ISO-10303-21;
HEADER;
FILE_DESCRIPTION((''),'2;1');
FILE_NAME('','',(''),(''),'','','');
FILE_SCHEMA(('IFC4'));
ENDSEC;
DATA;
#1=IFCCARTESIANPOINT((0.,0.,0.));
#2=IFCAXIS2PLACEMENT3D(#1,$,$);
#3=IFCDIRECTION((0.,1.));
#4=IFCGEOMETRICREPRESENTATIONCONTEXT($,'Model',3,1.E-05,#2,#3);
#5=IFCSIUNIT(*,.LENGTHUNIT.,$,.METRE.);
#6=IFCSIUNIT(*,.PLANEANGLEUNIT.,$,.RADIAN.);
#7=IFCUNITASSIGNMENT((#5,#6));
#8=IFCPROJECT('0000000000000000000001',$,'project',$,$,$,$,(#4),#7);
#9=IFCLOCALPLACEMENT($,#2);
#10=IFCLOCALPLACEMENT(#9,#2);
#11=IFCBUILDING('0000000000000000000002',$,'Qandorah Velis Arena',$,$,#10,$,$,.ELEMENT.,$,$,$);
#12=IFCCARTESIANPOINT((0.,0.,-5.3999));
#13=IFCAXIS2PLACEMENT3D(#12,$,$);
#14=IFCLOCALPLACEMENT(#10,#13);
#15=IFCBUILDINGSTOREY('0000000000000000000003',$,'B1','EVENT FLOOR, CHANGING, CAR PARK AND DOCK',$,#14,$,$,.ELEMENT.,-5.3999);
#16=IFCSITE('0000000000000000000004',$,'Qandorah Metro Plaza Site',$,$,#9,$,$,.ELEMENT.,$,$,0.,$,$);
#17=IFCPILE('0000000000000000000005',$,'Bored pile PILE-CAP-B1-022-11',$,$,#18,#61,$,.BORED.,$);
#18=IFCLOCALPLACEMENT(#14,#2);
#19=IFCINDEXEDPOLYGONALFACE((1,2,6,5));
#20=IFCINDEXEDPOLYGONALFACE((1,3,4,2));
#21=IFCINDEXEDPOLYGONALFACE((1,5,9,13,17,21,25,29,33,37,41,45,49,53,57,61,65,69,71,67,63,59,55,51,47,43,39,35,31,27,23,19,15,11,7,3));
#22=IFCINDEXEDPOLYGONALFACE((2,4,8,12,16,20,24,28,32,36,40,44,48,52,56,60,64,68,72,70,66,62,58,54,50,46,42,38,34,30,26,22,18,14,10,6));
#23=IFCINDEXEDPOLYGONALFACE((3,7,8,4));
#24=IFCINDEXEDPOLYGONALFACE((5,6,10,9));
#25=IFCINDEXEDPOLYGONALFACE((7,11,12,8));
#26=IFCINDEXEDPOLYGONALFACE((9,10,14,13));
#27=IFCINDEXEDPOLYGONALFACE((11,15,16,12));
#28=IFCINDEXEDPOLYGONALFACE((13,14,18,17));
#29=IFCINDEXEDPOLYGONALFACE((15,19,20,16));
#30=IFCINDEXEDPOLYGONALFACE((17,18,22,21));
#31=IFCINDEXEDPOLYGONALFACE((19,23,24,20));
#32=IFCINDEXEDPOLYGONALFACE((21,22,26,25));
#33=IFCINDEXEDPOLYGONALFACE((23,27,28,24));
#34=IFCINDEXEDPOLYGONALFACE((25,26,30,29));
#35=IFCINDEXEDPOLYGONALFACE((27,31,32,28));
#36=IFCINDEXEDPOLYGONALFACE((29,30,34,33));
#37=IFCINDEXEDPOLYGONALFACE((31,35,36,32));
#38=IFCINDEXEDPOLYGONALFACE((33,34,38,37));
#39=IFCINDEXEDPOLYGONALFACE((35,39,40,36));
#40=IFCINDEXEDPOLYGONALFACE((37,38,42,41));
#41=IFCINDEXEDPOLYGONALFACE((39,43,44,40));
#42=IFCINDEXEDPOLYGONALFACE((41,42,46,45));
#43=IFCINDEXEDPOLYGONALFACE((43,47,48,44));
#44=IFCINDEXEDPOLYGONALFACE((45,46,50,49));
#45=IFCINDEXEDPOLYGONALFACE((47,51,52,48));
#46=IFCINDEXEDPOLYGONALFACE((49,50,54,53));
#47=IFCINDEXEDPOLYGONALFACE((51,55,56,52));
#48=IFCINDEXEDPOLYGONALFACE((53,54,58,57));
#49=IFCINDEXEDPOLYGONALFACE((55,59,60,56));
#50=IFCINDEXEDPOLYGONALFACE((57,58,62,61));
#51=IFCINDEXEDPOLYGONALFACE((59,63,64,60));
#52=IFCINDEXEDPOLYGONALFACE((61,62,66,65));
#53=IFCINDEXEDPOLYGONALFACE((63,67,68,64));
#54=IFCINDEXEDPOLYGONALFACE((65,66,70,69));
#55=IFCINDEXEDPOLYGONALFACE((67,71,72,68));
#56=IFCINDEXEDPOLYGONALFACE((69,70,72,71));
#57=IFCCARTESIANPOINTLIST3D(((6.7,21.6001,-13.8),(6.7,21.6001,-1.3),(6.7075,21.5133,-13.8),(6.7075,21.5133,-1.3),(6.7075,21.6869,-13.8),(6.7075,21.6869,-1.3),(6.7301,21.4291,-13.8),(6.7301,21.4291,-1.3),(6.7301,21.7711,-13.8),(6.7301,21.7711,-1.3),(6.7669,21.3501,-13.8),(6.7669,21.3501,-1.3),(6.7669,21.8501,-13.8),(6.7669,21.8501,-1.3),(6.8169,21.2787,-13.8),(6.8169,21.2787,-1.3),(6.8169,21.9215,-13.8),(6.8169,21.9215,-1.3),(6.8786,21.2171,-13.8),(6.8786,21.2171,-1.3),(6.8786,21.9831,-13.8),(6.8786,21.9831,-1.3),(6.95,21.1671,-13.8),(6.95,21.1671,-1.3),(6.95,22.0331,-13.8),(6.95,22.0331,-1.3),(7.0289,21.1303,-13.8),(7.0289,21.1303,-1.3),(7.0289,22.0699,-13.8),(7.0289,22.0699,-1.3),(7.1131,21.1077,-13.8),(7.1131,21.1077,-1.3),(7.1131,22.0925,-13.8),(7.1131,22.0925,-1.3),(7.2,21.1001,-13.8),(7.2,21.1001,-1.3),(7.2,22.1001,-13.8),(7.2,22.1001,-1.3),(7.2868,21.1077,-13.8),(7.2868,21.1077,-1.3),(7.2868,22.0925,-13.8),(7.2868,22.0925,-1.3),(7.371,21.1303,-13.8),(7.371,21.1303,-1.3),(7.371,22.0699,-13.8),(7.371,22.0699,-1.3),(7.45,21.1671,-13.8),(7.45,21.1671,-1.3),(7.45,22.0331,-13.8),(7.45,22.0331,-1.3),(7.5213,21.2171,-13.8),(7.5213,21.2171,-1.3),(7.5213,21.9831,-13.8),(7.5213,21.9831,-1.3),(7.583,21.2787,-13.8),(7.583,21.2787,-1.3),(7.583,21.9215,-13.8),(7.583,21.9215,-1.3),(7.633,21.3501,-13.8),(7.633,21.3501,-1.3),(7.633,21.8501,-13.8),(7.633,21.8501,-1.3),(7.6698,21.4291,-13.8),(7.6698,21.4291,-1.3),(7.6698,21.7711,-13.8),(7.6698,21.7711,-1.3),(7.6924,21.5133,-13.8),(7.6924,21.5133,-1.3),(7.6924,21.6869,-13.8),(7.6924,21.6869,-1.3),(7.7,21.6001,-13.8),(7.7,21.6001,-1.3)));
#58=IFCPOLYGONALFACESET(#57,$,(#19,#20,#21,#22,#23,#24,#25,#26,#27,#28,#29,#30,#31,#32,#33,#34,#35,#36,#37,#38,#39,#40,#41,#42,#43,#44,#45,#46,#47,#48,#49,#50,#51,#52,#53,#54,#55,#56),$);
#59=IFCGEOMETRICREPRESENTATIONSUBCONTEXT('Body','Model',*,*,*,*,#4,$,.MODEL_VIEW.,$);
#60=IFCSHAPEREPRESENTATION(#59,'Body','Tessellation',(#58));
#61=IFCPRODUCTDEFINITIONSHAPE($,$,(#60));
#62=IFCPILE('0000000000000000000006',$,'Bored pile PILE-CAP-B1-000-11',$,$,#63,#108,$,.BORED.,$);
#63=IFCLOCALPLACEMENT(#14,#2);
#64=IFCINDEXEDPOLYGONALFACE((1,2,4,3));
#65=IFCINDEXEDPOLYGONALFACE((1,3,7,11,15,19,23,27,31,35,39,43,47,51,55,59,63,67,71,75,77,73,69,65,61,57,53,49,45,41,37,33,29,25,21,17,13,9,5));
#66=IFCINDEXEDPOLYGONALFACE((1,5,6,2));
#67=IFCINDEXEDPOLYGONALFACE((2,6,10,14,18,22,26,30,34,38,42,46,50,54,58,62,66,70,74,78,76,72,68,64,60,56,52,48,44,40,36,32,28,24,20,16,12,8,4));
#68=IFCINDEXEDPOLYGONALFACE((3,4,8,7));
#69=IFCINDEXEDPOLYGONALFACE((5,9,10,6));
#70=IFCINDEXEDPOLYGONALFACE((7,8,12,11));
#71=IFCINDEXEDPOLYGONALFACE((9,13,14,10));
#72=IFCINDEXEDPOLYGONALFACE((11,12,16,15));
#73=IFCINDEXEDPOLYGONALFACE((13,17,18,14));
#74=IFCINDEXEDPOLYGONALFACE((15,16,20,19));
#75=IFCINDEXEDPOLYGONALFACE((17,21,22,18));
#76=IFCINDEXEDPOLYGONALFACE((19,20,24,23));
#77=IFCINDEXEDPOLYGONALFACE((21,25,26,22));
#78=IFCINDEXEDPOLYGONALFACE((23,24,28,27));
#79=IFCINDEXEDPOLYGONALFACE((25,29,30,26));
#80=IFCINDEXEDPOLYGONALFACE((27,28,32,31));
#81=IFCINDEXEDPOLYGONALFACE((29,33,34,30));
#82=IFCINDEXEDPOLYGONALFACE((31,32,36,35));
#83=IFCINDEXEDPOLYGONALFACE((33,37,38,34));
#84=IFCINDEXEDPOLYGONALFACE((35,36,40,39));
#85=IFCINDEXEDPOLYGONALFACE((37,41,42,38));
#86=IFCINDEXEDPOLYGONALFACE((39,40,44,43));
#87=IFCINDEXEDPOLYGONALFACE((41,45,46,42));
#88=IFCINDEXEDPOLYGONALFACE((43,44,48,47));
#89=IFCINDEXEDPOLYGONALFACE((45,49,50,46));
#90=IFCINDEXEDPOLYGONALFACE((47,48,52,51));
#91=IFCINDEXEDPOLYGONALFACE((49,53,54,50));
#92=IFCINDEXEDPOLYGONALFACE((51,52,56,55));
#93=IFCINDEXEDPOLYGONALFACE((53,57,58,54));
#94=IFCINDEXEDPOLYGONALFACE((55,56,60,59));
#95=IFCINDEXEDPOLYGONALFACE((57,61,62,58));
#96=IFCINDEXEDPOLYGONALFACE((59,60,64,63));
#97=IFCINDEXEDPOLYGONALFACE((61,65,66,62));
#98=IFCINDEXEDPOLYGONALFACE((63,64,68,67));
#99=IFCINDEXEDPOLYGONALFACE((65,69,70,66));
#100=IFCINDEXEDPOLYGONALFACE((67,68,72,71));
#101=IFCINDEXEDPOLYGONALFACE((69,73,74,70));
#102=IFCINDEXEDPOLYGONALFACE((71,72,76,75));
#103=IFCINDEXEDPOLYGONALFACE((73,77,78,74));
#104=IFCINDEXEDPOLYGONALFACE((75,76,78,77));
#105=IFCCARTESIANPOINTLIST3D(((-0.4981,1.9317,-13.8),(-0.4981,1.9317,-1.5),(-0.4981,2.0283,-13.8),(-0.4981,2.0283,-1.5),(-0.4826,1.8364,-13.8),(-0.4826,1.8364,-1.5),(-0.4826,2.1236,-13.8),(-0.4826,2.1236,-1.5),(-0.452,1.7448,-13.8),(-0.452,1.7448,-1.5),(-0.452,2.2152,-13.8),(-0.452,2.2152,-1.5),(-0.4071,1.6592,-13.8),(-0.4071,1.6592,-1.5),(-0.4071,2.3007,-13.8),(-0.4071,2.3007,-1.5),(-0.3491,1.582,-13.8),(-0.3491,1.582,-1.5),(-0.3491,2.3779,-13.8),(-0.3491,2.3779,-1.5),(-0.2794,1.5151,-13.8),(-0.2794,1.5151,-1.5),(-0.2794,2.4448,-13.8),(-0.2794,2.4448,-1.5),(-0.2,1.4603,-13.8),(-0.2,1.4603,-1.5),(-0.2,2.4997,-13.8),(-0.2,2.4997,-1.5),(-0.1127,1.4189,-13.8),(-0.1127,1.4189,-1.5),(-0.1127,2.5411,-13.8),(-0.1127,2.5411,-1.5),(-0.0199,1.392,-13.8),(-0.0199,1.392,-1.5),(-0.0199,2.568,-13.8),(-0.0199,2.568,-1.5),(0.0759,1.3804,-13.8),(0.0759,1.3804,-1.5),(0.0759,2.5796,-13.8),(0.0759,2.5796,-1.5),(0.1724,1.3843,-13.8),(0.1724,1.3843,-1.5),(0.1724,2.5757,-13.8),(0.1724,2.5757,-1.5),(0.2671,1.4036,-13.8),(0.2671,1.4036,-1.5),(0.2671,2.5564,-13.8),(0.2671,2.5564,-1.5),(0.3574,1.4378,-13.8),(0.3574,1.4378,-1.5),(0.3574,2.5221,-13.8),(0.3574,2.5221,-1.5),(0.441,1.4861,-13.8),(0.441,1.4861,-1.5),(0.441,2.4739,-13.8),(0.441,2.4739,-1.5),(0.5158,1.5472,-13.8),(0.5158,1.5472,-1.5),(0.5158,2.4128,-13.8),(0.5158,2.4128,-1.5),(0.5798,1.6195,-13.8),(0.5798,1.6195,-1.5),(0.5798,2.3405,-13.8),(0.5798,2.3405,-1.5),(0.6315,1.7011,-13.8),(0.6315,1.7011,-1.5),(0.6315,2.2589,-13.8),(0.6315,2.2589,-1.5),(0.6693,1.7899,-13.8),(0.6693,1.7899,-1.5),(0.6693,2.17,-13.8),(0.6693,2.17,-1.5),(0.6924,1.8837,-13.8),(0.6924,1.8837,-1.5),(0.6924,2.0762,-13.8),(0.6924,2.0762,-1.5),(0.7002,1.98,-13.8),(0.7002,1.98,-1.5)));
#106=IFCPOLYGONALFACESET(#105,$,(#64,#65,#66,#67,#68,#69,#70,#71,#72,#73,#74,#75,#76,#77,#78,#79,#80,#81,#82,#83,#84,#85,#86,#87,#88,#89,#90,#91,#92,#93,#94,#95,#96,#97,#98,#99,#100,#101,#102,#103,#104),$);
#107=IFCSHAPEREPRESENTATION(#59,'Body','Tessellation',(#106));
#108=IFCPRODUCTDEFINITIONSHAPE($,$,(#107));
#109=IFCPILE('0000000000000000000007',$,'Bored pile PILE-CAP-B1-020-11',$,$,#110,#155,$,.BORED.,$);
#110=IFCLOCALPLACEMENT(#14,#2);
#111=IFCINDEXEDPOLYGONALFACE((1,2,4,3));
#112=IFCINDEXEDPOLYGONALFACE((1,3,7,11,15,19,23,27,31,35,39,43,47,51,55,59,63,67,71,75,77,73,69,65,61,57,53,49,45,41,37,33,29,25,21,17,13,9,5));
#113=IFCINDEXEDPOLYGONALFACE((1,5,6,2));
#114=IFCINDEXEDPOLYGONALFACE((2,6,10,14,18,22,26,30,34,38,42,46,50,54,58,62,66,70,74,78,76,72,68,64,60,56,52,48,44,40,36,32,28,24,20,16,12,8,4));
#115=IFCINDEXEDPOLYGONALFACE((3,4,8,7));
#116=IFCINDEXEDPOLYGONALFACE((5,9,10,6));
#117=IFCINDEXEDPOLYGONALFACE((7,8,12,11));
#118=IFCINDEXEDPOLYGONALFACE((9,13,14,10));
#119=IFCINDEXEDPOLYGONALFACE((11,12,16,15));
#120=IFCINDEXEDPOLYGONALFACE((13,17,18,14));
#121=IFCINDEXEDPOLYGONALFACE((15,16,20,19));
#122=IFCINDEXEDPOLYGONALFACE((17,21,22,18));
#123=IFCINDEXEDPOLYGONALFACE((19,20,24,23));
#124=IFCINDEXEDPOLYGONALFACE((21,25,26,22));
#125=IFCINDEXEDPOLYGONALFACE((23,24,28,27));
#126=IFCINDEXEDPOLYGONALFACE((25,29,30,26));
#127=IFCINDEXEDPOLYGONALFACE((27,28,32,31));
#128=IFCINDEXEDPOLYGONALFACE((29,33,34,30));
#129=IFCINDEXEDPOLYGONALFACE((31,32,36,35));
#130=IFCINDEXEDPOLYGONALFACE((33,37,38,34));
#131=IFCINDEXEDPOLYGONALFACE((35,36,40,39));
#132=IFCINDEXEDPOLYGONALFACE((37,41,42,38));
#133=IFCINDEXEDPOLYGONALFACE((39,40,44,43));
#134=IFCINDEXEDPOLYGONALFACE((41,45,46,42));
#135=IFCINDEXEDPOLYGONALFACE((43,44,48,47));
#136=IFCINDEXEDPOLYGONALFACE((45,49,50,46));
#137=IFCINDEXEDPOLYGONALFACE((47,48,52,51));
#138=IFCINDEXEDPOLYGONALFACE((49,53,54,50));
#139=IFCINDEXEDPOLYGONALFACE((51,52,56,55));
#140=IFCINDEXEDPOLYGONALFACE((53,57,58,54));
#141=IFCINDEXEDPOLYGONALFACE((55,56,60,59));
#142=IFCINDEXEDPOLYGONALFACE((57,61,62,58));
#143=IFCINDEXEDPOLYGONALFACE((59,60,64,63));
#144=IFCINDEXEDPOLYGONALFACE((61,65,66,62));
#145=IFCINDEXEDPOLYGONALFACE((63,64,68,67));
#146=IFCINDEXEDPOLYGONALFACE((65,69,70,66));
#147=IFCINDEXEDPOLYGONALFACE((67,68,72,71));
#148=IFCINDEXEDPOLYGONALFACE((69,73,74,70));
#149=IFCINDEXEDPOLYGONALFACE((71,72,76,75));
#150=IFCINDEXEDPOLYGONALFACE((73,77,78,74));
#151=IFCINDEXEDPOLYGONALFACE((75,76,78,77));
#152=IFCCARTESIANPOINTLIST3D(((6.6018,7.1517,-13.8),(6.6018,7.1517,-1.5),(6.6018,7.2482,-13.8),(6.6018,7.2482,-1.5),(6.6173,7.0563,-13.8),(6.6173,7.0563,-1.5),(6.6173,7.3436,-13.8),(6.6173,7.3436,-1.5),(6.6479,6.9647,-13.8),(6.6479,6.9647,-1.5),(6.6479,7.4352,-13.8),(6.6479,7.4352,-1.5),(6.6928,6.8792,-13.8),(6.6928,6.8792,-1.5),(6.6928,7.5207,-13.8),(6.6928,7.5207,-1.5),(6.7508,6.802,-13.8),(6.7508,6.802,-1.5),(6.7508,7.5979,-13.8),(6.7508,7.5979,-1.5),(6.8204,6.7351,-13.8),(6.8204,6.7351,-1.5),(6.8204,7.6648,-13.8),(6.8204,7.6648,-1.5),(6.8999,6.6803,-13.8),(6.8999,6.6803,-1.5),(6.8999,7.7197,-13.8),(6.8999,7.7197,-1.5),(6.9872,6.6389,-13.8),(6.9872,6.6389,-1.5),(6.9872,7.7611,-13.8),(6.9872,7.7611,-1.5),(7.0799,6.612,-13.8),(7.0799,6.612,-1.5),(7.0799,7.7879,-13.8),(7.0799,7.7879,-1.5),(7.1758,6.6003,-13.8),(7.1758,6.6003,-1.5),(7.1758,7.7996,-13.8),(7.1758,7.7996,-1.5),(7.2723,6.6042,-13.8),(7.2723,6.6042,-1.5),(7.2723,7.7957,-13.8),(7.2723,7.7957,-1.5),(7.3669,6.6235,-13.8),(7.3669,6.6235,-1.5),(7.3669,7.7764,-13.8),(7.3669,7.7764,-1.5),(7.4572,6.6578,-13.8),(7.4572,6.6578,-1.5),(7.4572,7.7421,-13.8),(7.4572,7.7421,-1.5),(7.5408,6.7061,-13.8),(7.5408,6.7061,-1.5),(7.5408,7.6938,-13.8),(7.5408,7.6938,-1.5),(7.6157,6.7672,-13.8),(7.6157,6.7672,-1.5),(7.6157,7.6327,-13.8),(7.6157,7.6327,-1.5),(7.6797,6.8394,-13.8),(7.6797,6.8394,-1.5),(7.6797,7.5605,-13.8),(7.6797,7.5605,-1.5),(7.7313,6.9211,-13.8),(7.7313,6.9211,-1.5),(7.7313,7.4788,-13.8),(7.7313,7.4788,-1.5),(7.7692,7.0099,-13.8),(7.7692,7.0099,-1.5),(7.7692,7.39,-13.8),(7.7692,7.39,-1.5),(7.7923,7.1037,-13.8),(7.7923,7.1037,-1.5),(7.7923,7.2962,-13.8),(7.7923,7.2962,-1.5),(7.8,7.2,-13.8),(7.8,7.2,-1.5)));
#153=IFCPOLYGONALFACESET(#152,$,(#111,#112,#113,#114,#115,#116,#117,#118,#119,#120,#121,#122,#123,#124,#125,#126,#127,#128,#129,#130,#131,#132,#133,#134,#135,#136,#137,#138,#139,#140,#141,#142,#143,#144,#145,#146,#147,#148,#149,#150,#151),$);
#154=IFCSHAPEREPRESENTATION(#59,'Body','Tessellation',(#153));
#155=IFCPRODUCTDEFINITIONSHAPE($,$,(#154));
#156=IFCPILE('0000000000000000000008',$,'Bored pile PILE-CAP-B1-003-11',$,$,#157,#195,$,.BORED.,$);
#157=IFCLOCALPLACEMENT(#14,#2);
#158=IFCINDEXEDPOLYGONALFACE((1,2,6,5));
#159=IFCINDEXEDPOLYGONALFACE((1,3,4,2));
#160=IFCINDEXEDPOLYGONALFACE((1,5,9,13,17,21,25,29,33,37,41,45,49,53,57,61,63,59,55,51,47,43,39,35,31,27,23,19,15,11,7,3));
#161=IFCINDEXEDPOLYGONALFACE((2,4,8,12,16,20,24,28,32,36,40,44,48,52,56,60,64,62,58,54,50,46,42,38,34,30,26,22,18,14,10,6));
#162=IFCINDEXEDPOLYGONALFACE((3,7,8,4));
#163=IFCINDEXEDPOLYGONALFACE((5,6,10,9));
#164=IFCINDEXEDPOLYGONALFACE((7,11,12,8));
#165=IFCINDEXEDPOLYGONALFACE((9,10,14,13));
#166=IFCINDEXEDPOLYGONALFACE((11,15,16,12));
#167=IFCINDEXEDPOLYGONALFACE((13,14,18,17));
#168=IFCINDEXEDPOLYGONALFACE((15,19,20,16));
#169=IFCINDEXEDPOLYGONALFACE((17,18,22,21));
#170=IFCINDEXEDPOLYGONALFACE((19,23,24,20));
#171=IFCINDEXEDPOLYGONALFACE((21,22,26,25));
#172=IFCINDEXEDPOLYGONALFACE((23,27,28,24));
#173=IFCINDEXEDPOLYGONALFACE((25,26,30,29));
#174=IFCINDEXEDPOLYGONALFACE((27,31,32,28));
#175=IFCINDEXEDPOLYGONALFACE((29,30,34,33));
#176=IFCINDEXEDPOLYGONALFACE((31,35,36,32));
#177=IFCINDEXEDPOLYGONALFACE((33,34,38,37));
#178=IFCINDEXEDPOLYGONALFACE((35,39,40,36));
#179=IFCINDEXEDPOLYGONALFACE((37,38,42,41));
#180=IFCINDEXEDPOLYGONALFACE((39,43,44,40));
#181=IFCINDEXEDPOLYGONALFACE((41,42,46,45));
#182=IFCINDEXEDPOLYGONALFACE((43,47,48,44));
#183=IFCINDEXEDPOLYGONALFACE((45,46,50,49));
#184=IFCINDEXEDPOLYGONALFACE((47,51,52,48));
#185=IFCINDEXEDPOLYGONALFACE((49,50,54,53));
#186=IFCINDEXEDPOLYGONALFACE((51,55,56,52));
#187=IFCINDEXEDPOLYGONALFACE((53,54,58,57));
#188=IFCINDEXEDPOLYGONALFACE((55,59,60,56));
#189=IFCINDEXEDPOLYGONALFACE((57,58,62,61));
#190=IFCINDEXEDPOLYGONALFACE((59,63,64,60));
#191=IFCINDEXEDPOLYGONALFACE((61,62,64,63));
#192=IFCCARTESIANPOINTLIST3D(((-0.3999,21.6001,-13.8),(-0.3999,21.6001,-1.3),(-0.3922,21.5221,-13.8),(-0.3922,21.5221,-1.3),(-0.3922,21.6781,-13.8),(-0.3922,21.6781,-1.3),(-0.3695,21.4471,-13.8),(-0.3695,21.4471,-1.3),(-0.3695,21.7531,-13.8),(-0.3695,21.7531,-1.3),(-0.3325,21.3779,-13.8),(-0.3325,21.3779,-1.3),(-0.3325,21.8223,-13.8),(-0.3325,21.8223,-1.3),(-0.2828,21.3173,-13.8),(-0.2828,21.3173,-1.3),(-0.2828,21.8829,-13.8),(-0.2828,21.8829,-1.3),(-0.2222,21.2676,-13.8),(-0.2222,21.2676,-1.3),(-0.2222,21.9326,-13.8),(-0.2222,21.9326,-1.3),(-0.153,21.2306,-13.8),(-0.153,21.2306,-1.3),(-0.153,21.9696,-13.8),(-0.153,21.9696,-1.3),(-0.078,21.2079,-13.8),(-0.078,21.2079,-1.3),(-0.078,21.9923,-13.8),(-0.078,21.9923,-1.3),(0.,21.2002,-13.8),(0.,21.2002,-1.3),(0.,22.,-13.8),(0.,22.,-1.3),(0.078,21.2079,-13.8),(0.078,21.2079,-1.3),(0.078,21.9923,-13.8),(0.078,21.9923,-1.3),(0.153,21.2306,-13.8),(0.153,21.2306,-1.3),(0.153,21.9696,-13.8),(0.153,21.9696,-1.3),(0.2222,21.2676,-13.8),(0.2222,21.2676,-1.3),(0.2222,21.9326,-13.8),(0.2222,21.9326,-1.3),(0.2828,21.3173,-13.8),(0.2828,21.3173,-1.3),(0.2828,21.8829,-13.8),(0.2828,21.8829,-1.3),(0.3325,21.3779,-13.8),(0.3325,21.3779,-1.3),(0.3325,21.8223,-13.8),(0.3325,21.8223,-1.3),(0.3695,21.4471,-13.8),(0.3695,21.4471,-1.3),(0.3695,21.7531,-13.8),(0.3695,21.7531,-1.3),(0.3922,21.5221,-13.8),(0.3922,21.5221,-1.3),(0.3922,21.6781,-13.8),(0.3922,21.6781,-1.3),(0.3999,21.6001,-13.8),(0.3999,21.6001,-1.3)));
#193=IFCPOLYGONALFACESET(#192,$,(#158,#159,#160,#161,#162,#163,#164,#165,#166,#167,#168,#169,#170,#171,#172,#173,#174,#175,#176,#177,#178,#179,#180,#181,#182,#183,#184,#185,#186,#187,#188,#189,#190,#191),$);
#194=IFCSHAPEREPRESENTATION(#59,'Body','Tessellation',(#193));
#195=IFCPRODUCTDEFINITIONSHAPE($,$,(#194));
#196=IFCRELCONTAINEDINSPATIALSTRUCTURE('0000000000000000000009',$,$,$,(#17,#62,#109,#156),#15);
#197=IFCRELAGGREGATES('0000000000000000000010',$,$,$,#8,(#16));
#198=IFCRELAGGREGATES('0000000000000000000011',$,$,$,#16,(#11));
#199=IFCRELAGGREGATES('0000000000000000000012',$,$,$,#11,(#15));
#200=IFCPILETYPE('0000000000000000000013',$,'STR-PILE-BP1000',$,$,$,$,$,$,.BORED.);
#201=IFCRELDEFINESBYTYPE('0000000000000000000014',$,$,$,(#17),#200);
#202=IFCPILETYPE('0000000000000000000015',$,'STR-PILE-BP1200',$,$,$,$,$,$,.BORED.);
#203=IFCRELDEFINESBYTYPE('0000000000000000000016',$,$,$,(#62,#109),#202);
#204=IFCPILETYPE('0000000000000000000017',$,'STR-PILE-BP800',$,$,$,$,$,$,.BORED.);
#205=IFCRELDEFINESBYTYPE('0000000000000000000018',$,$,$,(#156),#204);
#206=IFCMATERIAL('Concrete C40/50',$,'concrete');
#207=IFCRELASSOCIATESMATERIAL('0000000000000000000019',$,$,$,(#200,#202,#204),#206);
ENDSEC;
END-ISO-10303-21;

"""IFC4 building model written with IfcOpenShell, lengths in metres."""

from ifc_helpers import new_model, si_unit, direction, frame, origin, origin_2d, place, context, subcontext, project, spatial, circle, extrude, material, material_profile, profile_set, type_object, element, save


model = new_model("IFC4")

# Units and contexts
model_context = context("Model", 3, precision=1e-05, world=origin(), true_north=direction((0.0, 1.0)))
body_context = subcontext(model_context, "Body", "Model", "MODEL_VIEW")
ifc_project = project(units=[si_unit("LENGTHUNIT", "METRE"), si_unit("PLANEANGLEUNIT", "RADIAN")], contexts=[model_context])

# Site, building, storey
site_placement = place(None, origin())
site = spatial("IfcSite", under=ifc_project, at=site_placement, Name="Qandorah Metro Plaza Site", CompositionType="ELEMENT", RefElevation=0.0)
building_placement = place(site_placement, origin())
building = spatial("IfcBuilding", under=site, at=building_placement, Name="Qandorah Velis Arena", CompositionType="ELEMENT")
storey_placement = place(building_placement, frame((0.0, 0.0, -5.3999)))
storey = spatial("IfcBuildingStorey", under=building, at=storey_placement, Name="B1", Description="EVENT FLOOR, CHANGING, CAR PARK AND DOCK", CompositionType="ELEMENT", Elevation=-5.3999)

# Shared definitions
ifc_material_1 = material(Name="Concrete C40/50", Category="concrete")

# Piles
ifc_material_profile_1 = material_profile(ifc_material_1, circle(Radius=0.5, at=origin_2d()), Name="BORED PILE D1000")
ifc_profile_set_1 = profile_set([ifc_material_profile_1], Name="Concrete C40/50")
pile_type_1 = type_object("IfcPileType", Name="STR-PILE-BP1000", PredefinedType="BORED", material=ifc_profile_set_1)
pile_1_placement = place(storey_placement, frame((7.2, 21.6001, -1.3), z_axis=(0.0, 0.0, -1.0), x_axis=(1.0, 0.0, 0.0)))
element("IfcPile", 1, at=pile_1_placement, inside=storey, type_object=pile_type_1, Name="Bored pile PILE-CAP-B1-022-11", PredefinedType="BORED", context=body_context, shape_type="SweptSolid", body=[
    extrude(circle(Radius=0.5, at=origin_2d()), origin(), (0.0, 0.0, 1.0), 12.5),
])
ifc_material_profile_2 = material_profile(ifc_material_1, circle(Radius=0.6001, at=origin_2d()), Name="BORED PILE D1200")
ifc_profile_set_2 = profile_set([ifc_material_profile_2], Name="Concrete C40/50")
pile_type_2 = type_object("IfcPileType", Name="STR-PILE-BP1200", PredefinedType="BORED", material=ifc_profile_set_2)
for number, where, z_axis, x_axis, name in (
    (2, (0.1001, 1.98, -1.5), (0.0, 0.0, -1.0), (1.0, 0.0, 0.0), "Bored pile PILE-CAP-B1-000-11"),
    (3, (7.2, 7.2, -1.5), (0.0, 0.0, -1.0), (1.0, 0.0, 0.0), "Bored pile PILE-CAP-B1-020-11"),
):
    element("IfcPile", number, at=place(storey_placement, frame(where, z_axis=z_axis, x_axis=x_axis)), inside=storey, type_object=pile_type_2, Name=name, PredefinedType="BORED", context=body_context, shape_type="SweptSolid", body=[
        extrude(circle(Radius=0.6001, at=origin_2d()), origin(), (0.0, 0.0, 1.0), 12.3),
    ])
ifc_material_profile_3 = material_profile(ifc_material_1, circle(Radius=0.3999, at=origin_2d()), Name="BORED PILE D800")
ifc_profile_set_3 = profile_set([ifc_material_profile_3], Name="Concrete C40/50")
pile_type_3 = type_object("IfcPileType", Name="STR-PILE-BP800", PredefinedType="BORED", material=ifc_profile_set_3)
pile_2_placement = place(storey_placement, frame((0.0, 21.6001, -1.3), z_axis=(0.0, 0.0, -1.0), x_axis=(1.0, 0.0, 0.0)))
element("IfcPile", 4, at=pile_2_placement, inside=storey, type_object=pile_type_3, Name="Bored pile PILE-CAP-B1-003-11", PredefinedType="BORED", context=body_context, shape_type="SweptSolid", body=[
    extrude(circle(Radius=0.3999, at=origin_2d()), origin(), (0.0, 0.0, 1.0), 12.5),
])

save(model, "model.ifc")
